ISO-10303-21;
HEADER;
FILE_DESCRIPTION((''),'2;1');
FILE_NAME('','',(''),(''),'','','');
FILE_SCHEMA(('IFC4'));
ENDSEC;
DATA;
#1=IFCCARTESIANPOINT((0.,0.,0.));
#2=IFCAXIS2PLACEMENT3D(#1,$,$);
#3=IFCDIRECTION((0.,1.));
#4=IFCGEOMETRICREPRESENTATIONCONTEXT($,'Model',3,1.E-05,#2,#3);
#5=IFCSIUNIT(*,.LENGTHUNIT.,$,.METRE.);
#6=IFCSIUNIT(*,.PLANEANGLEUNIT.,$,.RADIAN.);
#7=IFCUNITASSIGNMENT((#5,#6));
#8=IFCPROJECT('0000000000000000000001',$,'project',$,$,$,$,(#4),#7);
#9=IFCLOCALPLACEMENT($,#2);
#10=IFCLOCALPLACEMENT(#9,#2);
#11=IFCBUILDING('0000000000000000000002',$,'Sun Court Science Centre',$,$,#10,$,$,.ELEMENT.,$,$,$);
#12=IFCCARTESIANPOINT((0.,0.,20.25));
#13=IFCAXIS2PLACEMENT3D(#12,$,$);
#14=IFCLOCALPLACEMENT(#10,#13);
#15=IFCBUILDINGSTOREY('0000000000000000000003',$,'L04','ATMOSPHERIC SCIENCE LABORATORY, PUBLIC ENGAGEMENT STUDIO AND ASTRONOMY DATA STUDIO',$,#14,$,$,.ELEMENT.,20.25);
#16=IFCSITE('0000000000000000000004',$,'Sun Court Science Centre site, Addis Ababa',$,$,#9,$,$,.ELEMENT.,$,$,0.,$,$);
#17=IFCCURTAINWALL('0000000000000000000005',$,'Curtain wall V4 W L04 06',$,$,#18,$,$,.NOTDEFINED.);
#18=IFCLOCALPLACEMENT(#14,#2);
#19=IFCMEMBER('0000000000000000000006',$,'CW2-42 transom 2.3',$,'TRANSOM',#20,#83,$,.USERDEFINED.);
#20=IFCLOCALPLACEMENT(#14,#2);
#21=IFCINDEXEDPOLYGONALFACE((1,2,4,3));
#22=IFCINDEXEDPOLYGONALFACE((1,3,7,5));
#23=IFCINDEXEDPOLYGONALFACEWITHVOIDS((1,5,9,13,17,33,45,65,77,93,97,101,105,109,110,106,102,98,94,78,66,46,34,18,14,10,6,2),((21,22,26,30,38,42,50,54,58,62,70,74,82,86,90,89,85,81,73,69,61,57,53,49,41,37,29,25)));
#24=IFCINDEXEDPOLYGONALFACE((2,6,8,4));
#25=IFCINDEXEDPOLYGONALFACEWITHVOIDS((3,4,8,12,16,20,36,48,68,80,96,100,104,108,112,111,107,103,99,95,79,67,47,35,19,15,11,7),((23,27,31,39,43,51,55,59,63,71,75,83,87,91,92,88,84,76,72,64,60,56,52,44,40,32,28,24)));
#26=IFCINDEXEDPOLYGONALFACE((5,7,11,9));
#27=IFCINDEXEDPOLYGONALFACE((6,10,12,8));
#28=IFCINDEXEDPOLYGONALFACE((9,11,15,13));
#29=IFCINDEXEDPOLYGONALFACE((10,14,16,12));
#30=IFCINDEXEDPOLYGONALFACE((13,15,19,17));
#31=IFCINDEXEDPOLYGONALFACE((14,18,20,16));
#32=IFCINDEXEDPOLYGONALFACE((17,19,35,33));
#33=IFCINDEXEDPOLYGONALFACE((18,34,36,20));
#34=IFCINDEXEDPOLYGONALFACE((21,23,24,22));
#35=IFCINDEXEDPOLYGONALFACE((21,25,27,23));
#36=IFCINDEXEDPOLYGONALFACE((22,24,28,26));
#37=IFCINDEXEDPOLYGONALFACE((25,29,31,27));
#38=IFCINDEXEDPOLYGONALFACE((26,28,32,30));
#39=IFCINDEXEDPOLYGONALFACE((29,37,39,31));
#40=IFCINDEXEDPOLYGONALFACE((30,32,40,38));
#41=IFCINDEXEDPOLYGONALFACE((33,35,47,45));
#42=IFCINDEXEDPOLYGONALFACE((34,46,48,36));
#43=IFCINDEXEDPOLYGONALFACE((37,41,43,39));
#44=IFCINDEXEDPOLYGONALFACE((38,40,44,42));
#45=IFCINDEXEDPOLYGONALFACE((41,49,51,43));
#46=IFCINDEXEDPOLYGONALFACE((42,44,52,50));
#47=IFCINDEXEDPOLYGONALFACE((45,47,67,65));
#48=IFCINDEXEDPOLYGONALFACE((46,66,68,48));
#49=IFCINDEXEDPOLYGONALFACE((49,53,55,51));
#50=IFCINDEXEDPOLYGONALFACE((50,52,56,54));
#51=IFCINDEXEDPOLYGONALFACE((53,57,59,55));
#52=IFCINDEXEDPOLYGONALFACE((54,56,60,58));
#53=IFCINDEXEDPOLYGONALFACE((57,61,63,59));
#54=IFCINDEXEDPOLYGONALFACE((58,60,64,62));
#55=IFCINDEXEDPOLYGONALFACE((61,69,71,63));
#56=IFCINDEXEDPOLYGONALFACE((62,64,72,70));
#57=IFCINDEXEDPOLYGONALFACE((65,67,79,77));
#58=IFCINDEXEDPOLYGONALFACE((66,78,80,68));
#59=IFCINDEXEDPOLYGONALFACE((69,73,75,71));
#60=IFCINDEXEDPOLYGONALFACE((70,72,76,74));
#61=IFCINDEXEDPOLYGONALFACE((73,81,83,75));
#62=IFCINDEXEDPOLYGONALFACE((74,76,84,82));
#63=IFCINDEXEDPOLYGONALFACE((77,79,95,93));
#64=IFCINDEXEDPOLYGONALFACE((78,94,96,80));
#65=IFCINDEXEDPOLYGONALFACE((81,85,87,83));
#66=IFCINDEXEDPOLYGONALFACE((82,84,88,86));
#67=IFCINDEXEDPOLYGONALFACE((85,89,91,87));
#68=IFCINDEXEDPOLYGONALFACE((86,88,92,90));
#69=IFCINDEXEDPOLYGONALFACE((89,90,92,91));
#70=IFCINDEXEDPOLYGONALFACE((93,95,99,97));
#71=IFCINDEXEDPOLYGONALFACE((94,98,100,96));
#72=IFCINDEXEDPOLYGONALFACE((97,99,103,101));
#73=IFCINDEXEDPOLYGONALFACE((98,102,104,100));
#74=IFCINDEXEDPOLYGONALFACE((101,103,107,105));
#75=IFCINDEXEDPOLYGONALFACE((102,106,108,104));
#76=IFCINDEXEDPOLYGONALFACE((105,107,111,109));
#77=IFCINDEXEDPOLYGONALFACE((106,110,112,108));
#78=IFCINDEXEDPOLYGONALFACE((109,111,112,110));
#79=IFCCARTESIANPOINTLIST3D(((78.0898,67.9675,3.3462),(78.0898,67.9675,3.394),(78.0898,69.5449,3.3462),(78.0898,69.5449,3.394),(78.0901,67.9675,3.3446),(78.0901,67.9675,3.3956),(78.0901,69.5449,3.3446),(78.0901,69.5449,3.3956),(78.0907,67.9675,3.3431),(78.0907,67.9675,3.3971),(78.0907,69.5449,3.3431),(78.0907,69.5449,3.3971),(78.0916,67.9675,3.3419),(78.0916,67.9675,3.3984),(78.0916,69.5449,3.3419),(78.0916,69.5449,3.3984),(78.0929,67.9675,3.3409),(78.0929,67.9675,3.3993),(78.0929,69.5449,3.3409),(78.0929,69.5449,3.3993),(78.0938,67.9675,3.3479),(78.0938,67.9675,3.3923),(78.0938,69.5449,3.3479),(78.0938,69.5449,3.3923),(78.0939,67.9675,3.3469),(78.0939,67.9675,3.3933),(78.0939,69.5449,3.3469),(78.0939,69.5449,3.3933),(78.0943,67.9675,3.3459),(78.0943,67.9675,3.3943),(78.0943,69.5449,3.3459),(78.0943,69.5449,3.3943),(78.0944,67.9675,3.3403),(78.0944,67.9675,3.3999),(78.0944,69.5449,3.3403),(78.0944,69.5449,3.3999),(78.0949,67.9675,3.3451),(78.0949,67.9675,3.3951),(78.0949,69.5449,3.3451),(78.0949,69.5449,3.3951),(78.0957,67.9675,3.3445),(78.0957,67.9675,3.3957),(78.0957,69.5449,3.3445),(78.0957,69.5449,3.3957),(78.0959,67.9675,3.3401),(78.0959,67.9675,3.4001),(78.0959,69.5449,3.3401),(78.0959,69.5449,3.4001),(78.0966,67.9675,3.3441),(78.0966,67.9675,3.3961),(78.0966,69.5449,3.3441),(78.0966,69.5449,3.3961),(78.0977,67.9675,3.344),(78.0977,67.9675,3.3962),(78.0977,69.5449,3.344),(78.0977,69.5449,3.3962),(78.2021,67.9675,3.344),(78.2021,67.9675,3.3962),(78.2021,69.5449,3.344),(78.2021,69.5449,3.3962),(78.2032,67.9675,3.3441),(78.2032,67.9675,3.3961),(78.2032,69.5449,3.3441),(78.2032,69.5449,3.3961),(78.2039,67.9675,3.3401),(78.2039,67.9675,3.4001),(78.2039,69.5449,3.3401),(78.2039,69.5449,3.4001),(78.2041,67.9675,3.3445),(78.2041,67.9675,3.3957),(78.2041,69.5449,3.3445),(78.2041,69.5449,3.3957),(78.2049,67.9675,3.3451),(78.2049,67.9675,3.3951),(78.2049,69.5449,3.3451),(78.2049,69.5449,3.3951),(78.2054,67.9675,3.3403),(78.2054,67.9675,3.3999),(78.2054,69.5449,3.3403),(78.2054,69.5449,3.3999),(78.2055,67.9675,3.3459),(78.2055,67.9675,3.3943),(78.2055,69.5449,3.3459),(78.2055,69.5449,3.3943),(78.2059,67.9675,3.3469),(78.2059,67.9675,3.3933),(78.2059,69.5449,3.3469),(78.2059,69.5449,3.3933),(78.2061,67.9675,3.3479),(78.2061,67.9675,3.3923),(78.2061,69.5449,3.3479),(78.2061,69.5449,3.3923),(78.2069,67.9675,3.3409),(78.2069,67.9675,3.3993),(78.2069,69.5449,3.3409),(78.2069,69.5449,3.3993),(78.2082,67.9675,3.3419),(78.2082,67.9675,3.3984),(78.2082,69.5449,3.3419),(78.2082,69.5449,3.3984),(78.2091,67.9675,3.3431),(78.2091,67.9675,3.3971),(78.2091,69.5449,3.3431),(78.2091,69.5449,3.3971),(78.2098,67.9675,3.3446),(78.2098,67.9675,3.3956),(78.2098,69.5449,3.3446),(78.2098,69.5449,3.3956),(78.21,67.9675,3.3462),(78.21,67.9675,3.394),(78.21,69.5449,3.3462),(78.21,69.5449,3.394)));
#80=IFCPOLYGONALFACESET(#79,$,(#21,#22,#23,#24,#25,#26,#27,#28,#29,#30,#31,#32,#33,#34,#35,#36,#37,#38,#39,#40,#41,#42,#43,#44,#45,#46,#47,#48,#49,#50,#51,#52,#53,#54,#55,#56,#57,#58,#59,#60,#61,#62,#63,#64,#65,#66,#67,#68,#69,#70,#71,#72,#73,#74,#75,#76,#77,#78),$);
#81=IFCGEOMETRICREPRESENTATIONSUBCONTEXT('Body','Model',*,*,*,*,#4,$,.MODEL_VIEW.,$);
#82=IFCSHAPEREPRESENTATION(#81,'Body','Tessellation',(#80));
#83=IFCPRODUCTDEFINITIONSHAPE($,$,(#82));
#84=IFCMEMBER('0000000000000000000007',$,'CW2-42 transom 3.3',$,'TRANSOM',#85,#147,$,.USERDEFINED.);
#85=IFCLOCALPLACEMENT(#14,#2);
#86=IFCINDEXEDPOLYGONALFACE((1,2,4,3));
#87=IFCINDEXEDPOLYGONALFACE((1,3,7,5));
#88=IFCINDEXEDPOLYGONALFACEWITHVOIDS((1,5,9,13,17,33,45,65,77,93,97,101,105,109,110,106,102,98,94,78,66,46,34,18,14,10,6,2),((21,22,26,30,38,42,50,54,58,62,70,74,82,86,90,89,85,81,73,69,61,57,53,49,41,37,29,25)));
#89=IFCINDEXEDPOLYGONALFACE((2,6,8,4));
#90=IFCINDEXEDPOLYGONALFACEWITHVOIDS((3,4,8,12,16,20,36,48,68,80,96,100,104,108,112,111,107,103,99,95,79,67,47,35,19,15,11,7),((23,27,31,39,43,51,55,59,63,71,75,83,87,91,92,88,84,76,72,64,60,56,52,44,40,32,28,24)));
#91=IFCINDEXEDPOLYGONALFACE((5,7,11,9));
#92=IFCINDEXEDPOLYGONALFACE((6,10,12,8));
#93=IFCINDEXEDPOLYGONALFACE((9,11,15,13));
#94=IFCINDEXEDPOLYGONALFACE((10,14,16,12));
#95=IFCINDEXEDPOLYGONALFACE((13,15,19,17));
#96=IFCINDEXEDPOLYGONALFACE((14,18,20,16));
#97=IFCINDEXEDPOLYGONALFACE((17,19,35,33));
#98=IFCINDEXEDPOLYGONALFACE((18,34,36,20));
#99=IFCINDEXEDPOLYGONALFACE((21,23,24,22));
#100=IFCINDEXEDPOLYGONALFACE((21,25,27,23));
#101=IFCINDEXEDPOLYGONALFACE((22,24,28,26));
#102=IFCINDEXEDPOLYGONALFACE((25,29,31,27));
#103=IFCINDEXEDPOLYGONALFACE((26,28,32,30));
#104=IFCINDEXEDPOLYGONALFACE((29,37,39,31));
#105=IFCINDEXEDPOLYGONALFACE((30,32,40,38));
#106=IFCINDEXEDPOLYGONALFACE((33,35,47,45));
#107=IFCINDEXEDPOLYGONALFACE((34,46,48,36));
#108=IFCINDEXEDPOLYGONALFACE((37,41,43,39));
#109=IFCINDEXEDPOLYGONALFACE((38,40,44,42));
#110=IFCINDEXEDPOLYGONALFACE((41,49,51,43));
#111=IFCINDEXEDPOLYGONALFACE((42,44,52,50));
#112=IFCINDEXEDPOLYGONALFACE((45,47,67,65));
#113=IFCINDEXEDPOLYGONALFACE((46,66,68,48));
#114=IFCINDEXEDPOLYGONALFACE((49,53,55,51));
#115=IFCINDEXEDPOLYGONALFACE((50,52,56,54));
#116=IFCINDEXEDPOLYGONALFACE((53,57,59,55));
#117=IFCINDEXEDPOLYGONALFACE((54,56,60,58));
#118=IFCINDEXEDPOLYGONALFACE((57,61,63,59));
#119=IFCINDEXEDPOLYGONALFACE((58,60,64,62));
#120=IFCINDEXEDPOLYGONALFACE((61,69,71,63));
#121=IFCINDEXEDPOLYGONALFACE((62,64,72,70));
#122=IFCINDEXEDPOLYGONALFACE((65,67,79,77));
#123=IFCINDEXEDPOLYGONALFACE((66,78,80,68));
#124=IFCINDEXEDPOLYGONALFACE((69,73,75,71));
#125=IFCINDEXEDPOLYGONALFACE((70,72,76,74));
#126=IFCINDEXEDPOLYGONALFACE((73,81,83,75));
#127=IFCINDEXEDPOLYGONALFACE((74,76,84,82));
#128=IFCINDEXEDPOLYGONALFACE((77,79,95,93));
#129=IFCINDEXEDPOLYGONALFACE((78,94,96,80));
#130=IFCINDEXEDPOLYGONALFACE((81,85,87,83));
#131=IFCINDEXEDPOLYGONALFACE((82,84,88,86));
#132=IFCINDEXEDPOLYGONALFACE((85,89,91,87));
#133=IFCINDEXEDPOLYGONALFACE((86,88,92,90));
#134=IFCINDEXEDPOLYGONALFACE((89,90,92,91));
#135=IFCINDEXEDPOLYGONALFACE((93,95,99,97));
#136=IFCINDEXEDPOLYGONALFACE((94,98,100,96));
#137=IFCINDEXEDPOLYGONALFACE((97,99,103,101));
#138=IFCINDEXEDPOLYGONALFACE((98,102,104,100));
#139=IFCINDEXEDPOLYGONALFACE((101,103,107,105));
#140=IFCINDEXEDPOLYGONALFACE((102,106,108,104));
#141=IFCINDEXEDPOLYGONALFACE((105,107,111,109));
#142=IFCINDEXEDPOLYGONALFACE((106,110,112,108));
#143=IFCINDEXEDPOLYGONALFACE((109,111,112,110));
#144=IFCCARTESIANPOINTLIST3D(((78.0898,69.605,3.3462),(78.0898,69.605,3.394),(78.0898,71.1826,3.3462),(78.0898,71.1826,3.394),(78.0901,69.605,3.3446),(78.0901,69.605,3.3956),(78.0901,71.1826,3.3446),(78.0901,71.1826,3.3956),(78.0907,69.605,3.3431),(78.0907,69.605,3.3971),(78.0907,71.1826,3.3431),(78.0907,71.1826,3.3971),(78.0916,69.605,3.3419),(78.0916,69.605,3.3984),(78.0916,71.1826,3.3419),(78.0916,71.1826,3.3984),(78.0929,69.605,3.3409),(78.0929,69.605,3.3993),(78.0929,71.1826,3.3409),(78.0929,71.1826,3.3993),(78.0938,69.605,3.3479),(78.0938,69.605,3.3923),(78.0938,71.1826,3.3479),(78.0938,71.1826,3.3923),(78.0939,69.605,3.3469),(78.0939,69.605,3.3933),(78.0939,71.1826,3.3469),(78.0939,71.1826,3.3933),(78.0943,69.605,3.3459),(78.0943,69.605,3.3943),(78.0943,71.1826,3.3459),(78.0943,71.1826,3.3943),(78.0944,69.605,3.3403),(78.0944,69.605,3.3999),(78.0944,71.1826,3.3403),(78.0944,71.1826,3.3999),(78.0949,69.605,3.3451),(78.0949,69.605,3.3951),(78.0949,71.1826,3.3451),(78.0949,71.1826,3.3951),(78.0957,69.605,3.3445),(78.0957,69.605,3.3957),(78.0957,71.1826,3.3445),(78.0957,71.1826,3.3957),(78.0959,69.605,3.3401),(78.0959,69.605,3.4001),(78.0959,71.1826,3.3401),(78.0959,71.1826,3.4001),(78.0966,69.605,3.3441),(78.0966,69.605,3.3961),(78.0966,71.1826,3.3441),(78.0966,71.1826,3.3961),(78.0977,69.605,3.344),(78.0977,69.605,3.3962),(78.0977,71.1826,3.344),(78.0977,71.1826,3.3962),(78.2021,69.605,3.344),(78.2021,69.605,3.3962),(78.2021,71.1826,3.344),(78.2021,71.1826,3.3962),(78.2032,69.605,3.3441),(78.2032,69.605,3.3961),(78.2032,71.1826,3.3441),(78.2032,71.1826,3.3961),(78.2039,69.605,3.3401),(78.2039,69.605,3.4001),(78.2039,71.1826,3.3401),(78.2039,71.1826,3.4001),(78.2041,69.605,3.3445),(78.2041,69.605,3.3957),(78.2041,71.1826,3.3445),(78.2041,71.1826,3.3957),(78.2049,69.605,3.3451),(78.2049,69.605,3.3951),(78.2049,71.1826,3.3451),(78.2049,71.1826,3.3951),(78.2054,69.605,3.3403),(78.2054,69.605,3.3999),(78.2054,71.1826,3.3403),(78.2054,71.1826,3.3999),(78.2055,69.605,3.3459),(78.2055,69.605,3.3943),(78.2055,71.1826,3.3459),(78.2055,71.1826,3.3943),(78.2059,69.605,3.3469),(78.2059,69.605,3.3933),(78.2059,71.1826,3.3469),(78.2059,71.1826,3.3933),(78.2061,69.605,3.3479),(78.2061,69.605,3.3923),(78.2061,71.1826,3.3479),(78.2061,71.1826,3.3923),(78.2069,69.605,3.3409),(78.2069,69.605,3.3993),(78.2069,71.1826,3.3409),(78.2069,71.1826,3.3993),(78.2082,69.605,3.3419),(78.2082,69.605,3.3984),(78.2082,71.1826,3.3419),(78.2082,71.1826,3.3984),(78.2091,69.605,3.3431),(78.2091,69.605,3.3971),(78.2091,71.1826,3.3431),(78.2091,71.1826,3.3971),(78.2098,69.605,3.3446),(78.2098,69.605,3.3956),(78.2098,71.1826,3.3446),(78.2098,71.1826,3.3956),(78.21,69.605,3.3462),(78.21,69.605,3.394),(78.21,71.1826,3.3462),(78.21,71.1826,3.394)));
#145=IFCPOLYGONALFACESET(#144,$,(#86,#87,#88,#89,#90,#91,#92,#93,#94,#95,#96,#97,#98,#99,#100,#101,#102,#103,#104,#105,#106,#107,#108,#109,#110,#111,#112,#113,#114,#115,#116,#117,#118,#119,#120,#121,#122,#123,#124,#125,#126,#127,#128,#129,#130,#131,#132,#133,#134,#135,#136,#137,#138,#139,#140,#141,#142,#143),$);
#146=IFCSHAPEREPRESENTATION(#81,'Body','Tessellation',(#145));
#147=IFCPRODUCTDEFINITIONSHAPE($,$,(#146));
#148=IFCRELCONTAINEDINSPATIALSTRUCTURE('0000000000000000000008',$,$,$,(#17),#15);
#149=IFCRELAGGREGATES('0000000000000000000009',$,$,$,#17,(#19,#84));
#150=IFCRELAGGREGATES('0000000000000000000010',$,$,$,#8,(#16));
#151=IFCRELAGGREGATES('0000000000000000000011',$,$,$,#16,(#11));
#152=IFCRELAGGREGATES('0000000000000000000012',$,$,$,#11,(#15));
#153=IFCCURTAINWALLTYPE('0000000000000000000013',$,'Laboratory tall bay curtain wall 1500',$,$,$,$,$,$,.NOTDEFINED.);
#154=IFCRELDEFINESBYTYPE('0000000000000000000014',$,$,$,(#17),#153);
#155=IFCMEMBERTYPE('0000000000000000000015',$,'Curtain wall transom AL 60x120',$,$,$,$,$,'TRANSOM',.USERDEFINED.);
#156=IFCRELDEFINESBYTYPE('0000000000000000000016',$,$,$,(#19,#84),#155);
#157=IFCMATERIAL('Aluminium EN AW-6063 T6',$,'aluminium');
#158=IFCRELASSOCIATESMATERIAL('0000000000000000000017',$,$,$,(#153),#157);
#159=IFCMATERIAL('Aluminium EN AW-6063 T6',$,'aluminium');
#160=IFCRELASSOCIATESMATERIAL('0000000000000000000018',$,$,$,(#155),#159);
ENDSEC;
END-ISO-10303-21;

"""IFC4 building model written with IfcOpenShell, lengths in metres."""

from ifc_helpers import new_model, si_unit, direction, frame, origin, origin_2d, place, context, subcontext, project, spatial, hollow_rectangle, extrude, material, material_profile, profile_set, type_object, element, aggregate, save


model = new_model("IFC4")

# Units and contexts
model_context = context("Model", 3, precision=1e-05, world=origin(), true_north=direction((0.0, 1.0)))
body_context = subcontext(model_context, "Body", "Model", "MODEL_VIEW")
ifc_project = project(units=[si_unit("LENGTHUNIT", "METRE"), si_unit("PLANEANGLEUNIT", "RADIAN")], contexts=[model_context])

# Site, building, storey
site_placement = place(None, origin())
site = spatial("IfcSite", under=ifc_project, at=site_placement, Name="Sun Court Science Centre site, Addis Ababa", CompositionType="ELEMENT", RefElevation=0.0)
building_placement = place(site_placement, origin())
building = spatial("IfcBuilding", under=site, at=building_placement, Name="Sun Court Science Centre", CompositionType="ELEMENT")
storey_placement = place(building_placement, frame((0.0, 0.0, 20.25)))
storey = spatial("IfcBuildingStorey", under=building, at=storey_placement, Name="L04", Description="ATMOSPHERIC SCIENCE LABORATORY, PUBLIC ENGAGEMENT STUDIO AND ASTRONOMY DATA STUDIO", CompositionType="ELEMENT", Elevation=20.25)

# Curtain wall
ifc_material_1 = material(Name="Aluminium EN AW-6063 T6", Category="aluminium")
curtain_wall_type = type_object("IfcCurtainWallType", Name="Laboratory tall bay curtain wall 1500", PredefinedType="NOTDEFINED", material=ifc_material_1)
curtain_wall_1_placement = place(storey_placement, origin())
curtain_wall_1 = element("IfcCurtainWall", 1, at=curtain_wall_1_placement, inside=storey, type_object=curtain_wall_type, Name="Curtain wall V4 W L04 06", PredefinedType="NOTDEFINED")

# Members
ifc_material_2 = material(Name="Aluminium EN AW-6063 T6", Category="aluminium")
ifc_material_profile_1 = material_profile(ifc_material_2, hollow_rectangle(XDim=0.0601, YDim=0.1201, WallThickness=0.0039, InnerFilletRadius=0.0039, OuterFilletRadius=0.0061, at=origin_2d()), Name="AL 60x120x4")
ifc_profile_set_1 = profile_set([ifc_material_profile_1], Name="Aluminium EN AW-6063 T6")
member_type_1 = type_object("IfcMemberType", Name="Curtain wall transom AL 60x120", ElementType="TRANSOM", PredefinedType="USERDEFINED", material=ifc_profile_set_1)
member_1_placement = place(storey_placement, frame((78.1499, 67.9675, 3.3701), z_axis=(0.0, 1.0, 0.0), x_axis=(0.0, 0.0, 1.0)))
member_1 = element("IfcMember", 2, at=member_1_placement, type_object=member_type_1, Name="CW2-42 transom 2.3", ObjectType="TRANSOM", PredefinedType="USERDEFINED", context=body_context, shape_type="SweptSolid", body=[
    extrude(hollow_rectangle(XDim=0.0601, YDim=0.1201, WallThickness=0.0039, InnerFilletRadius=0.0039, OuterFilletRadius=0.0061, at=origin_2d()), origin(), (0.0, 0.0, 1.0), 1.5774),
])
member_2_placement = place(storey_placement, frame((78.1499, 69.605, 3.3701), z_axis=(0.0, 1.0, 0.0), x_axis=(0.0, 0.0, 1.0)))
member_2 = element("IfcMember", 3, at=member_2_placement, type_object=member_type_1, Name="CW2-42 transom 3.3", ObjectType="TRANSOM", PredefinedType="USERDEFINED", context=body_context, shape_type="SweptSolid", body=[
    extrude(hollow_rectangle(XDim=0.0601, YDim=0.1201, WallThickness=0.0039, InnerFilletRadius=0.0039, OuterFilletRadius=0.0061, at=origin_2d()), origin(), (0.0, 0.0, 1.0), 1.5776),
])

aggregate(curtain_wall_1, [member_1, member_2])

save(model, "model.ifc")
